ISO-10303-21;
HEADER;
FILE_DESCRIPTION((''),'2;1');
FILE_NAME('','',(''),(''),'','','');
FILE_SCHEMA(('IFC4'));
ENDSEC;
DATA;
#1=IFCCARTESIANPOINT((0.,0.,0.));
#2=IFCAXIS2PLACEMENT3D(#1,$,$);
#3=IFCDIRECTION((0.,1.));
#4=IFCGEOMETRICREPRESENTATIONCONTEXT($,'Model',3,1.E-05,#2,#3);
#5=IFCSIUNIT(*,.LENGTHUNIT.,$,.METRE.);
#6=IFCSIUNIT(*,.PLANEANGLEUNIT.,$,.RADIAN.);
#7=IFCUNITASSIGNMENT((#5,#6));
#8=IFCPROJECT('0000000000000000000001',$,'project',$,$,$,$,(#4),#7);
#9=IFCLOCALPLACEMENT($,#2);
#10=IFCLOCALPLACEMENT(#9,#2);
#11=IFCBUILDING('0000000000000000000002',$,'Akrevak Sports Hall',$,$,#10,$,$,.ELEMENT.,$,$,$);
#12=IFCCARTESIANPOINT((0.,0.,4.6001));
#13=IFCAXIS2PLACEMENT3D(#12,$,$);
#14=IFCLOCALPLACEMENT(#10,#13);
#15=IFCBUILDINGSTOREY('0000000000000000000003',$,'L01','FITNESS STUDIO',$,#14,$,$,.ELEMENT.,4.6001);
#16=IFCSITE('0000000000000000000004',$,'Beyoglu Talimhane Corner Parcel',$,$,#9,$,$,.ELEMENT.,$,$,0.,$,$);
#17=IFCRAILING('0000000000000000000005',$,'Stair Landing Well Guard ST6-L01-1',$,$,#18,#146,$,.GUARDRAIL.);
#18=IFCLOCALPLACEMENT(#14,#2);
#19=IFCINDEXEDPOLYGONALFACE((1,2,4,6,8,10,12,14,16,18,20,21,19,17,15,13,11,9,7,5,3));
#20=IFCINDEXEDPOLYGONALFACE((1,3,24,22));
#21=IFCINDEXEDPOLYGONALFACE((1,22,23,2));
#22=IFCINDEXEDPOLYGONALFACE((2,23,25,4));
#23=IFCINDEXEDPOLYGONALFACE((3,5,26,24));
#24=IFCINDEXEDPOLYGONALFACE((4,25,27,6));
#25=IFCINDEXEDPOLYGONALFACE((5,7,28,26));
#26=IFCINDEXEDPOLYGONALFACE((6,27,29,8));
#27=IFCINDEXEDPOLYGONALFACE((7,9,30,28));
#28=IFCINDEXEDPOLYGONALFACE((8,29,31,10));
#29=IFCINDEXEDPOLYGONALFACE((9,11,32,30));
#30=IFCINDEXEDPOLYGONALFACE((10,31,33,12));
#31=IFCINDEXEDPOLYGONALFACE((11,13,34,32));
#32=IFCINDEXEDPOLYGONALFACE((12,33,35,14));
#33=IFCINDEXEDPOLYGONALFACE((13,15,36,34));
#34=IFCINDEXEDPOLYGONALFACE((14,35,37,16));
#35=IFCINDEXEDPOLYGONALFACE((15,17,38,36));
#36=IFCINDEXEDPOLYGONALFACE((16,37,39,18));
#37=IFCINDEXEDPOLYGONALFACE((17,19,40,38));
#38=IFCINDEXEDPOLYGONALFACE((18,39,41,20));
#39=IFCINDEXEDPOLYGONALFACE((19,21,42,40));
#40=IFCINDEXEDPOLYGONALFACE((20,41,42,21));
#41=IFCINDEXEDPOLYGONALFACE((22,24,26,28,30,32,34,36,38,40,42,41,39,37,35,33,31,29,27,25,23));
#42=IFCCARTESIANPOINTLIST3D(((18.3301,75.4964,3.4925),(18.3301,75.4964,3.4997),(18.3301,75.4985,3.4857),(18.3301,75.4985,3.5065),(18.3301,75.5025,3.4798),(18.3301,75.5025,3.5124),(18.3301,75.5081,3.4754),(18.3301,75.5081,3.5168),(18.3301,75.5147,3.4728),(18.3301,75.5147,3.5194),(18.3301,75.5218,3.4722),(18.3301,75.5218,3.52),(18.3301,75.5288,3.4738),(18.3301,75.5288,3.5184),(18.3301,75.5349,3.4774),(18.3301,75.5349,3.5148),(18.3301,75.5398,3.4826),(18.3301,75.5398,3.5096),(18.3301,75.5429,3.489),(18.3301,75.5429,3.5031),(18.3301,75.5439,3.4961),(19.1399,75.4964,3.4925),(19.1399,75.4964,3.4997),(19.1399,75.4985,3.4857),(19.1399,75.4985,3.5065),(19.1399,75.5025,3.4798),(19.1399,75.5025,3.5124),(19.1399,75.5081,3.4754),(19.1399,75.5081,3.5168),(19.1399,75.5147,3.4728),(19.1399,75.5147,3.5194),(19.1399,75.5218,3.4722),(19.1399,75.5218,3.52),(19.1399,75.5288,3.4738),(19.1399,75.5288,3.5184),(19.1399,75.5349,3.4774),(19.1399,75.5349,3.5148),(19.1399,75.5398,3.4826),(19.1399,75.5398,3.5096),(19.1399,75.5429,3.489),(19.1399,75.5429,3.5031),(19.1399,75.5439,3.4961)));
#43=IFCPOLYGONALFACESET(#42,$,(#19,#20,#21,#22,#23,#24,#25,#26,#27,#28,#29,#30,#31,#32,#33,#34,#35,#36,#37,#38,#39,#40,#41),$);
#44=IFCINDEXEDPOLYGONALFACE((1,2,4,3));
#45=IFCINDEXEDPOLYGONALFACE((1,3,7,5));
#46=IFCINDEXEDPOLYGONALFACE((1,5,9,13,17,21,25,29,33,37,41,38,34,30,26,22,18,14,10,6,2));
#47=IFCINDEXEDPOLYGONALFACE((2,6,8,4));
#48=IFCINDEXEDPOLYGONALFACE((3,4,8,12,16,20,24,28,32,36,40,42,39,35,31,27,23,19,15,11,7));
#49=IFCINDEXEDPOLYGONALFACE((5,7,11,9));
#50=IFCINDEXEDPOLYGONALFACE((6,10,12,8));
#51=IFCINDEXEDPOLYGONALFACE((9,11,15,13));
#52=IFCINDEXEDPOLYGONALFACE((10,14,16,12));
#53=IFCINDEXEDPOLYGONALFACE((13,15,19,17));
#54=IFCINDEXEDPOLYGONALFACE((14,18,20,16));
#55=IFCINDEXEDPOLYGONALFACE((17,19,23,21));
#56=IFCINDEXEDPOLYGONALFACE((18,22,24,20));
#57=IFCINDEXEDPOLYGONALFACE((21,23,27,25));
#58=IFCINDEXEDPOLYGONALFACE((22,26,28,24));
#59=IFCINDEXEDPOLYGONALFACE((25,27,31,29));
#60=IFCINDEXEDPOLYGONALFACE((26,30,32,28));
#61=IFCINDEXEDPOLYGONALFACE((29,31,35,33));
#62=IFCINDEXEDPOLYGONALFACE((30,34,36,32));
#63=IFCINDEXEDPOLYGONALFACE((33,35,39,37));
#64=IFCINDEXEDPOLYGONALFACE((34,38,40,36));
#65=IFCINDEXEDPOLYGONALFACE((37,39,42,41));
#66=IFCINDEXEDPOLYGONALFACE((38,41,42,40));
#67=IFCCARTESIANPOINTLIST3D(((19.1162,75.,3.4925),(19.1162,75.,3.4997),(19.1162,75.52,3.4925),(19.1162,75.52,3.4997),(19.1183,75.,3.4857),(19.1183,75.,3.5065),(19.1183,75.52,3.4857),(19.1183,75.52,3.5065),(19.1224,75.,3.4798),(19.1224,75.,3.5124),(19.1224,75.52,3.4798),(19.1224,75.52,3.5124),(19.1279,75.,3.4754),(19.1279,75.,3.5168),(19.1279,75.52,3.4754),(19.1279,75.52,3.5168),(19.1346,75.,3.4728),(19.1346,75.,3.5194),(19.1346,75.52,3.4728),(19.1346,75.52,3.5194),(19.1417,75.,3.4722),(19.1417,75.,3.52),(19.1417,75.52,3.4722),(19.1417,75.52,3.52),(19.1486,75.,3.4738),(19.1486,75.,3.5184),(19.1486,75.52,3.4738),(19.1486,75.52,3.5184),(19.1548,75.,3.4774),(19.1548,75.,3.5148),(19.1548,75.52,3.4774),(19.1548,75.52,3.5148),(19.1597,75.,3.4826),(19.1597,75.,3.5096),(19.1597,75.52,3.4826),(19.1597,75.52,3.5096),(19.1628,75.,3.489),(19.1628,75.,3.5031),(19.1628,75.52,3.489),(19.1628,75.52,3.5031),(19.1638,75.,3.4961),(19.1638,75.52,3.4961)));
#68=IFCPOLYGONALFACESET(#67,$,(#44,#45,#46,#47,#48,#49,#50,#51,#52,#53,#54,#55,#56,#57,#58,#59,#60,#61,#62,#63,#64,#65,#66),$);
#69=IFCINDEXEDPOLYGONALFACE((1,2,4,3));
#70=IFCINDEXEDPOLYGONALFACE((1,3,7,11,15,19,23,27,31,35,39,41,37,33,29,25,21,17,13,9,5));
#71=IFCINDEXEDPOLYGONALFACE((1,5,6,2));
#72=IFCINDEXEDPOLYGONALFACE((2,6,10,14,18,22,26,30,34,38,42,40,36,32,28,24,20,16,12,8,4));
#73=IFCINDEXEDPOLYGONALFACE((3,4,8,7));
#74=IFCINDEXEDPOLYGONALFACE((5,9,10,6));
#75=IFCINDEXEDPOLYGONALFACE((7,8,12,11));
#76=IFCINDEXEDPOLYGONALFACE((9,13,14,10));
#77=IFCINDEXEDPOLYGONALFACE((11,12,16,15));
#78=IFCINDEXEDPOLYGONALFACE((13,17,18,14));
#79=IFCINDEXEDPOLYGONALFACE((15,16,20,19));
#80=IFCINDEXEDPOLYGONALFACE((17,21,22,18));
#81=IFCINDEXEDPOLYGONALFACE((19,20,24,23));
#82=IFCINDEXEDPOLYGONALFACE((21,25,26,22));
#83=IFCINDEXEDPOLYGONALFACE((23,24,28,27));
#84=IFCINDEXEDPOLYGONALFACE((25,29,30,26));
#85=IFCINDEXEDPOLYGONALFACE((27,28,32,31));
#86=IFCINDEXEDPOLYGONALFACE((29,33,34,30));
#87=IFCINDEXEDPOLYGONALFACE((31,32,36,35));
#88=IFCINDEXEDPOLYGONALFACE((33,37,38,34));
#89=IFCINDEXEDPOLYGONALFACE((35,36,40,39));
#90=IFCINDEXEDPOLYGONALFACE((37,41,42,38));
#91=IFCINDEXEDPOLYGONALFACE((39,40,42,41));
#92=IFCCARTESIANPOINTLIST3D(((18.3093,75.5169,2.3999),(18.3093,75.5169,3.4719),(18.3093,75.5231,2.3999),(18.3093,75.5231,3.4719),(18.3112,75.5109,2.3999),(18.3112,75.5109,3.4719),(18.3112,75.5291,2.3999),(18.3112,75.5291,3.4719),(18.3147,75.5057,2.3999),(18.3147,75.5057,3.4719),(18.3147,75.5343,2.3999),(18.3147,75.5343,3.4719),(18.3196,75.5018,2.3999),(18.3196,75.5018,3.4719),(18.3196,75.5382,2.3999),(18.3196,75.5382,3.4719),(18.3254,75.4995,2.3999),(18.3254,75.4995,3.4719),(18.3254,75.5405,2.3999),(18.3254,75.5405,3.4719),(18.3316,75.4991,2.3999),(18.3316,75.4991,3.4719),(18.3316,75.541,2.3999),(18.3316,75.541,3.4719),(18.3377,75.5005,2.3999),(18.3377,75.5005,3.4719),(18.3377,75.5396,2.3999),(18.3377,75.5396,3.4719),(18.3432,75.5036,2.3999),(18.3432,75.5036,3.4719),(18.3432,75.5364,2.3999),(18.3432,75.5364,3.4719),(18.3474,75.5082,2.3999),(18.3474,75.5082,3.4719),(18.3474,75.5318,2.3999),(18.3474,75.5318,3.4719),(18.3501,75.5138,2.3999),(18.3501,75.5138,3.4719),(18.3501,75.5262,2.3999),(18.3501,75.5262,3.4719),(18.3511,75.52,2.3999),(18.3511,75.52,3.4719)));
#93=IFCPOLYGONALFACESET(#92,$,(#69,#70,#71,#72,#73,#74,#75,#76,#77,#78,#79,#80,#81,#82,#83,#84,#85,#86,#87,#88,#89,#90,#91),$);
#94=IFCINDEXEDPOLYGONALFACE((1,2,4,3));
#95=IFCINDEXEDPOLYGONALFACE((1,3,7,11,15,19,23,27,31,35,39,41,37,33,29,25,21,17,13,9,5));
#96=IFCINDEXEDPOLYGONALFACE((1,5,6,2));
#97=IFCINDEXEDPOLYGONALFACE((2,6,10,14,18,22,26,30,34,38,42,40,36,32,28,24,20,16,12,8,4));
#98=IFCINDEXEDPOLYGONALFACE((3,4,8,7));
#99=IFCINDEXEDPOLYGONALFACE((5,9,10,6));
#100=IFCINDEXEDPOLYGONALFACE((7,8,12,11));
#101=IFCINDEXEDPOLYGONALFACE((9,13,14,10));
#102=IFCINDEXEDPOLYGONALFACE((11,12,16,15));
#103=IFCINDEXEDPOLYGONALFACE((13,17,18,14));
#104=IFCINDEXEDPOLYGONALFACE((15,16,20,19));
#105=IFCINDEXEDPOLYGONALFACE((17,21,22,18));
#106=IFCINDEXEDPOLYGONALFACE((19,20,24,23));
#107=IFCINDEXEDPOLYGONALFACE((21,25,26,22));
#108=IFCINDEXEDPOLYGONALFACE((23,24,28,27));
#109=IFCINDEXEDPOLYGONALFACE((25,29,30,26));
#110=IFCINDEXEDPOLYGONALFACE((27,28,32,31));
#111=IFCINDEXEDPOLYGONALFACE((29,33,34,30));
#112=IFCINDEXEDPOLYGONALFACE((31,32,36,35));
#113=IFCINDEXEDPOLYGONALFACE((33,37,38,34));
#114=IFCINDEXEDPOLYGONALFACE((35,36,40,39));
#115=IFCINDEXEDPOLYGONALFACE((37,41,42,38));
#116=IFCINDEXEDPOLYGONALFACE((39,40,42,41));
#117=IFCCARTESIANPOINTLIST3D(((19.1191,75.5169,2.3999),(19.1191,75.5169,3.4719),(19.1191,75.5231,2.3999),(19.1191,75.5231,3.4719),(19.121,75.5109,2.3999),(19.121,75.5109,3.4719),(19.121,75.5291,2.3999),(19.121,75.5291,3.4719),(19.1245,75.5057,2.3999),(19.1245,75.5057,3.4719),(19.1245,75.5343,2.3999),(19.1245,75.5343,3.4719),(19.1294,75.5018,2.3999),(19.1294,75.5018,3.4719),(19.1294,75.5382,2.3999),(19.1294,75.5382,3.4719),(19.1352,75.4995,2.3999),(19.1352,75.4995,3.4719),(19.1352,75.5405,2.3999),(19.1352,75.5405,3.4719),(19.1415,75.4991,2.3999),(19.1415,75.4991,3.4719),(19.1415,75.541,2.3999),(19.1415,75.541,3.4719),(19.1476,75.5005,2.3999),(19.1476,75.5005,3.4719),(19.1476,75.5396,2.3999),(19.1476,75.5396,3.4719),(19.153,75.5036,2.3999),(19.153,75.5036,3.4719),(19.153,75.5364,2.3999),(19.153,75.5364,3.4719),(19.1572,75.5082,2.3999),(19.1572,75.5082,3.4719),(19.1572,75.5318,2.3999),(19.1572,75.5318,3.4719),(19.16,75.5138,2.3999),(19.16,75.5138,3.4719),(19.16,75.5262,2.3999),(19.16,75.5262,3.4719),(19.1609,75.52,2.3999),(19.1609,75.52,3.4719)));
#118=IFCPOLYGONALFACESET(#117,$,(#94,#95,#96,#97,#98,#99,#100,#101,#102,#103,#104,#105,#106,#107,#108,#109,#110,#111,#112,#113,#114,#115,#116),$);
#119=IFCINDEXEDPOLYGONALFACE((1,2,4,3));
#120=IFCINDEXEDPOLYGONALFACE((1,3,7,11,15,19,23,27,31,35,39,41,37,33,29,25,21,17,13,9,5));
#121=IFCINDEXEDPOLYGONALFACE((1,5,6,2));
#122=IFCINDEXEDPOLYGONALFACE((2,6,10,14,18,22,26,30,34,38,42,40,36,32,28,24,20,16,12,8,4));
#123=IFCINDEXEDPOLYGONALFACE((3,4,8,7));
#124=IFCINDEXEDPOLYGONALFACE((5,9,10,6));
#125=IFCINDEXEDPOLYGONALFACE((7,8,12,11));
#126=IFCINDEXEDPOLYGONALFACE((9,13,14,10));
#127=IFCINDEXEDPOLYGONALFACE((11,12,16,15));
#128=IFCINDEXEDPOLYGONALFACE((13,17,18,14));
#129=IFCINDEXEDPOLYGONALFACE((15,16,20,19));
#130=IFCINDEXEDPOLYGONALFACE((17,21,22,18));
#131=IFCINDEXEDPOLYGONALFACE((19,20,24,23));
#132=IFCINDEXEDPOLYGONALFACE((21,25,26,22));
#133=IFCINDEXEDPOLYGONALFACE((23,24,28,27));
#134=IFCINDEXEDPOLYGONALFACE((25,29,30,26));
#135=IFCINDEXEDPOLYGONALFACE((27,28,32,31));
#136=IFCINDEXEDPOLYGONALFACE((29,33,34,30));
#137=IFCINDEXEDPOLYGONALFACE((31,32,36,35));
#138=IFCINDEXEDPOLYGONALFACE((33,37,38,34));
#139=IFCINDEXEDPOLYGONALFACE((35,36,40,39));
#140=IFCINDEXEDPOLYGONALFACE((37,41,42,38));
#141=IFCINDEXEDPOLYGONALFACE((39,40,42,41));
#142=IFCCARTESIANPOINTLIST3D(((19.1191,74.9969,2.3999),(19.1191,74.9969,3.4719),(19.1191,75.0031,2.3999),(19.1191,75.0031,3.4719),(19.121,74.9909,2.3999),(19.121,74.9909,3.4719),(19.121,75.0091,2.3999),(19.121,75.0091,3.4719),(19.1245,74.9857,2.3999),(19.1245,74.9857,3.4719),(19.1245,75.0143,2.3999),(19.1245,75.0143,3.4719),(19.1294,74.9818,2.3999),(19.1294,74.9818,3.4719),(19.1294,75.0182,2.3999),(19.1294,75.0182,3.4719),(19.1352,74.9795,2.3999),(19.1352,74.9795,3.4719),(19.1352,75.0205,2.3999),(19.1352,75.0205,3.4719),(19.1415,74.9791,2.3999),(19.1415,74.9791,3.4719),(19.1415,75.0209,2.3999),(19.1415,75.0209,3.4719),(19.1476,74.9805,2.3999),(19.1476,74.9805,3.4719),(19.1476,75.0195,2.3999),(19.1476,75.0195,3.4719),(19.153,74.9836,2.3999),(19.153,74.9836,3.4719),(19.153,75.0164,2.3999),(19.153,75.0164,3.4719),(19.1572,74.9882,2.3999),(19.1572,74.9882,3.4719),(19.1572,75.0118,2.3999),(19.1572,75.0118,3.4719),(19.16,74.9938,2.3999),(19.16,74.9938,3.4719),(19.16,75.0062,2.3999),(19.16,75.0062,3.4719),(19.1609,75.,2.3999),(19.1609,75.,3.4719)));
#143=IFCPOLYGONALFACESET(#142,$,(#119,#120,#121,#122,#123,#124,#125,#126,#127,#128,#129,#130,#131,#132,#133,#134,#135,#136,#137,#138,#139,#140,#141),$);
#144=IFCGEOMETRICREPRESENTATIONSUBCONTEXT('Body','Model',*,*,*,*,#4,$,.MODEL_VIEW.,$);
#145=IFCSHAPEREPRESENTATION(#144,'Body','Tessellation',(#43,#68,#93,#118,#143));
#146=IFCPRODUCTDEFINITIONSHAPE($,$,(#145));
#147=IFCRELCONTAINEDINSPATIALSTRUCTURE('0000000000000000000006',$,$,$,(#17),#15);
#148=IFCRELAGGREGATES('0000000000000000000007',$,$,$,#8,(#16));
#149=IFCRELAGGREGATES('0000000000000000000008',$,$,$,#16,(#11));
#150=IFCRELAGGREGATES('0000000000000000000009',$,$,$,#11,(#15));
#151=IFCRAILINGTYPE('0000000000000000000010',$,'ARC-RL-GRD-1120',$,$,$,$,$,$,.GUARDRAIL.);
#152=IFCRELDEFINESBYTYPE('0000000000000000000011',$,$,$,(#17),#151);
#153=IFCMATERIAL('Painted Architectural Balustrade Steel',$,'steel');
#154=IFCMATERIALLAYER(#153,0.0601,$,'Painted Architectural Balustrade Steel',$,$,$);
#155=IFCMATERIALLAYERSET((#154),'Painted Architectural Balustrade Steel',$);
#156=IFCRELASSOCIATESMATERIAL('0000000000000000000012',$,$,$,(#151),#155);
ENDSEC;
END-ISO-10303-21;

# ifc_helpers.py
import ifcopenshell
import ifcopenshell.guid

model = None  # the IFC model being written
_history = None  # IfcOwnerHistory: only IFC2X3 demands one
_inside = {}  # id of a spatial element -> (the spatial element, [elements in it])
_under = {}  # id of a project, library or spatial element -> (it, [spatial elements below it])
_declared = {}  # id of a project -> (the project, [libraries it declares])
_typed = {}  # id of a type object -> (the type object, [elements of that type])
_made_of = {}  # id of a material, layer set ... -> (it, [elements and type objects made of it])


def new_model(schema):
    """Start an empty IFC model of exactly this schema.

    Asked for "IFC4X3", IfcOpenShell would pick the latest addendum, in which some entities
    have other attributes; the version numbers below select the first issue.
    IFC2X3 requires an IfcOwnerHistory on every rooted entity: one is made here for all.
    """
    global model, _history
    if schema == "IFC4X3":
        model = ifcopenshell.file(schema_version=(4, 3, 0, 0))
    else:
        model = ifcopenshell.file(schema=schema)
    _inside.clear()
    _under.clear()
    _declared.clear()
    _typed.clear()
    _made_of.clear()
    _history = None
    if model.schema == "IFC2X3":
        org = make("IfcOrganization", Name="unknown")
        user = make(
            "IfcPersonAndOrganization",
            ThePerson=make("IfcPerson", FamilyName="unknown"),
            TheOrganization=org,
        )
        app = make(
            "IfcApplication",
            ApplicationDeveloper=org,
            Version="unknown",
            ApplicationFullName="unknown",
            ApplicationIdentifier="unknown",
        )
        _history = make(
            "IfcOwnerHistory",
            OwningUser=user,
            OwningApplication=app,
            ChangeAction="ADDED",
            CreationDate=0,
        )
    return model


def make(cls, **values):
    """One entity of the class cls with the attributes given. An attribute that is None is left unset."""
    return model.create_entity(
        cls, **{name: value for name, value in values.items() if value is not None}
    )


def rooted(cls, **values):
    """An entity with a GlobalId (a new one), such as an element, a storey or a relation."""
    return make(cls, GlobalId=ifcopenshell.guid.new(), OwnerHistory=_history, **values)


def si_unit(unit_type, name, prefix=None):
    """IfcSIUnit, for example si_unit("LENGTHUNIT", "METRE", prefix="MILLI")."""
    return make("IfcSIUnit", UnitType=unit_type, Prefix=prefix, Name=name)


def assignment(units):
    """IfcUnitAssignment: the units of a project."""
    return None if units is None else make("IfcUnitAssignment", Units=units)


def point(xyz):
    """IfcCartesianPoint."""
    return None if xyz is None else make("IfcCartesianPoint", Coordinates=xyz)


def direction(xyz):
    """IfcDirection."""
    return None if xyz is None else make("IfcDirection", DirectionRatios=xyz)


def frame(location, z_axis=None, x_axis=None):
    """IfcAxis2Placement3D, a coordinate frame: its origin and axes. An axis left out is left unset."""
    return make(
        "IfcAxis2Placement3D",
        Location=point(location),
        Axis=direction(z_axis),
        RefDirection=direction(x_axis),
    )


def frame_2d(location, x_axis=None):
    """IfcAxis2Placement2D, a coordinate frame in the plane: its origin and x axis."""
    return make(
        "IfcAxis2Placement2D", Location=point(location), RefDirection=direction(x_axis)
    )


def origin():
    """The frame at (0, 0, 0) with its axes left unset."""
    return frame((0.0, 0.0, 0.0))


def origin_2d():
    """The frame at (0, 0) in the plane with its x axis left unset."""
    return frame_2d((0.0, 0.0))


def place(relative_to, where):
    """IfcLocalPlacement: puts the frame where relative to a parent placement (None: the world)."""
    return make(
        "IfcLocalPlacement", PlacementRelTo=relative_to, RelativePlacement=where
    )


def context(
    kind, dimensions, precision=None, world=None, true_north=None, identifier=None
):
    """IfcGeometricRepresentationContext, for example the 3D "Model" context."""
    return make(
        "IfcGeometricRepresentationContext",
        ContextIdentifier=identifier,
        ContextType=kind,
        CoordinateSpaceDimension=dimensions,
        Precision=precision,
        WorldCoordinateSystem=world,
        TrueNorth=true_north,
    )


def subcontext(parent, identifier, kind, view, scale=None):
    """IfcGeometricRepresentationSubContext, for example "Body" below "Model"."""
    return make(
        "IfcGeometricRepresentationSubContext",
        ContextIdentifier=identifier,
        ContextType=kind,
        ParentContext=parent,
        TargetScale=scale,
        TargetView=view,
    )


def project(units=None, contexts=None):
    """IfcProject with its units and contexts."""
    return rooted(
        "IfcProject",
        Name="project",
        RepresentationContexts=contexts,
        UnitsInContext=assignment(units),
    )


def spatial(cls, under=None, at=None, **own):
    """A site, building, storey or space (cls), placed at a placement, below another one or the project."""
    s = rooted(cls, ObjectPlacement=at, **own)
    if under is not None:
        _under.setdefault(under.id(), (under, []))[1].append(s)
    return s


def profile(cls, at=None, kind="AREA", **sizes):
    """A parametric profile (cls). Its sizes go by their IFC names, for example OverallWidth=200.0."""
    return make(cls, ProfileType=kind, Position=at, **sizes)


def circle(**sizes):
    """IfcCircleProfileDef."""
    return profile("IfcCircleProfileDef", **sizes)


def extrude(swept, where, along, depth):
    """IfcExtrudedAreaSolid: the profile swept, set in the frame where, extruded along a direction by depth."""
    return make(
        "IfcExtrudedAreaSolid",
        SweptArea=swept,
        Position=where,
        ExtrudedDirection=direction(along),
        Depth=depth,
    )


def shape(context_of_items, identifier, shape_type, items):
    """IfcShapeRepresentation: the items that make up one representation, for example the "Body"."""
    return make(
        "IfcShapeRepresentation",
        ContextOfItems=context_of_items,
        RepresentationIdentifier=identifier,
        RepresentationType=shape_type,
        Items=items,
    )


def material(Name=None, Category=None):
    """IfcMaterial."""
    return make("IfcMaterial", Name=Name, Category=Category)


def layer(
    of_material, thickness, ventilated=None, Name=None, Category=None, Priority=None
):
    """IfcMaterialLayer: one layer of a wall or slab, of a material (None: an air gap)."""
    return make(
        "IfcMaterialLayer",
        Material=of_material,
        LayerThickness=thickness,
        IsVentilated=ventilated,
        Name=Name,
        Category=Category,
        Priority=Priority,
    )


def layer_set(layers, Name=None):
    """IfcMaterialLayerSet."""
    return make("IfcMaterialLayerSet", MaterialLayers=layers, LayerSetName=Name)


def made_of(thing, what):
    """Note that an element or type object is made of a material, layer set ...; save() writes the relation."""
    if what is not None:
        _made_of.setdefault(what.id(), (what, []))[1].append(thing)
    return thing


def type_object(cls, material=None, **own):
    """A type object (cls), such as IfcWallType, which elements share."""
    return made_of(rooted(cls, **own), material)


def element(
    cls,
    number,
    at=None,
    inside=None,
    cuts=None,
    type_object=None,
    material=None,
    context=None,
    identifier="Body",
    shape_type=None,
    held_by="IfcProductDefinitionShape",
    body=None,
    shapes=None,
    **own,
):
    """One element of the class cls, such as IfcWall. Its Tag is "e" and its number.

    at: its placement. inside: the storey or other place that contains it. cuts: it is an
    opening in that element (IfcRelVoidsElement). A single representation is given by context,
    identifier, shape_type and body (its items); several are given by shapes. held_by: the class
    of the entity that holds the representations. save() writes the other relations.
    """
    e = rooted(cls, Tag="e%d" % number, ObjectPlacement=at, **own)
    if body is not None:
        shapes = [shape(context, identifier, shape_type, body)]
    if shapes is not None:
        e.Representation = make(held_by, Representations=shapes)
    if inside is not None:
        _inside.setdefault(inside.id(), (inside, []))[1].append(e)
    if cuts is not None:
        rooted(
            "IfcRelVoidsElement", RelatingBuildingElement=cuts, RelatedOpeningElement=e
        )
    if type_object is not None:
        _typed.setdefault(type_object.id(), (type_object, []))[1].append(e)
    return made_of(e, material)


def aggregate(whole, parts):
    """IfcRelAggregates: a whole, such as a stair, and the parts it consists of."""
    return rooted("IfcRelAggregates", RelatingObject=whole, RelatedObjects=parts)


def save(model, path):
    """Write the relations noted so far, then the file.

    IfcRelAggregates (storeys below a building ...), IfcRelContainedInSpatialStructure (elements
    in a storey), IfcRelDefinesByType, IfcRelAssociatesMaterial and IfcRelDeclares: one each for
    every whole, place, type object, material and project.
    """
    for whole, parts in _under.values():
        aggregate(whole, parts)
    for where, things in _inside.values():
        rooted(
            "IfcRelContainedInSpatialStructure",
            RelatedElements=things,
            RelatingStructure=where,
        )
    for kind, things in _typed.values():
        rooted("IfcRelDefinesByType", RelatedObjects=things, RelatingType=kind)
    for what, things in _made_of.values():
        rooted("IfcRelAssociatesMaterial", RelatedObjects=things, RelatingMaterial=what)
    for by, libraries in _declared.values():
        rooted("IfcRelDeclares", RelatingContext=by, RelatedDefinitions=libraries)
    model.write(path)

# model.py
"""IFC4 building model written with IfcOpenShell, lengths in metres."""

from ifc_helpers import new_model, si_unit, direction, frame, origin, origin_2d, place, context, subcontext, project, spatial, circle, extrude, material, layer, layer_set, type_object, element, save


model = new_model("IFC4")

# Units and contexts
model_context = context("Model", 3, precision=1e-05, world=origin(), true_north=direction((0.0, 1.0)))
body_context = subcontext(model_context, "Body", "Model", "MODEL_VIEW")
ifc_project = project(units=[si_unit("LENGTHUNIT", "METRE"), si_unit("PLANEANGLEUNIT", "RADIAN")], contexts=[model_context])

# Site, building, storey
site_placement = place(None, origin())
site = spatial("IfcSite", under=ifc_project, at=site_placement, Name="Beyoglu Talimhane Corner Parcel", CompositionType="ELEMENT", RefElevation=0.0)
building_placement = place(site_placement, origin())
building = spatial("IfcBuilding", under=site, at=building_placement, Name="Akrevak Sports Hall", CompositionType="ELEMENT")
storey_placement = place(building_placement, frame((0.0, 0.0, 4.6001)))
storey = spatial("IfcBuildingStorey", under=building, at=storey_placement, Name="L01", Description="FITNESS STUDIO", CompositionType="ELEMENT", Elevation=4.6001)

# Railing
ifc_material_1 = material(Name="Painted Architectural Balustrade Steel", Category="steel")
ifc_layer_1 = layer(ifc_material_1, 0.0601, Name="Painted Architectural Balustrade Steel")
ifc_layer_set_1 = layer_set([ifc_layer_1], Name="Painted Architectural Balustrade Steel")
railing_type_1 = type_object("IfcRailingType", Name="ARC-RL-GRD-1120", PredefinedType="GUARDRAIL", material=ifc_layer_set_1)
railing_1_placement = place(storey_placement, frame((18.3301, 75.52, 2.3999)))
element("IfcRailing", 1, at=railing_1_placement, inside=storey, type_object=railing_type_1, Name="Stair Landing Well Guard ST6-L01-1", PredefinedType="GUARDRAIL", context=body_context, shape_type="SweptSolid", body=[
    extrude(circle(Radius=0.0239, at=origin_2d()), frame((0.0, 0.0, 1.0962), z_axis=(1.0, 0.0, 0.0), x_axis=(0.0, 1.0, 0.0)), (0.0, 0.0, 1.0), 0.8098),
    extrude(circle(Radius=0.0239, at=origin_2d()), frame((0.8098, 0.0, 1.0962), z_axis=(0.0, -1.0, 0.0), x_axis=(1.0, 0.0, 0.0)), (0.0, 0.0, 1.0), 0.52),
    extrude(circle(Radius=0.021, at=origin_2d()), origin(), (0.0, 0.0, 1.0), 1.072),
    extrude(circle(Radius=0.021, at=origin_2d()), frame((0.8098, 0.0, 0.0)), (0.0, 0.0, 1.0), 1.072),
    extrude(circle(Radius=0.021, at=origin_2d()), frame((0.8098, -0.52, 0.0)), (0.0, 0.0, 1.0), 1.072),
])

save(model, "model.ifc")
